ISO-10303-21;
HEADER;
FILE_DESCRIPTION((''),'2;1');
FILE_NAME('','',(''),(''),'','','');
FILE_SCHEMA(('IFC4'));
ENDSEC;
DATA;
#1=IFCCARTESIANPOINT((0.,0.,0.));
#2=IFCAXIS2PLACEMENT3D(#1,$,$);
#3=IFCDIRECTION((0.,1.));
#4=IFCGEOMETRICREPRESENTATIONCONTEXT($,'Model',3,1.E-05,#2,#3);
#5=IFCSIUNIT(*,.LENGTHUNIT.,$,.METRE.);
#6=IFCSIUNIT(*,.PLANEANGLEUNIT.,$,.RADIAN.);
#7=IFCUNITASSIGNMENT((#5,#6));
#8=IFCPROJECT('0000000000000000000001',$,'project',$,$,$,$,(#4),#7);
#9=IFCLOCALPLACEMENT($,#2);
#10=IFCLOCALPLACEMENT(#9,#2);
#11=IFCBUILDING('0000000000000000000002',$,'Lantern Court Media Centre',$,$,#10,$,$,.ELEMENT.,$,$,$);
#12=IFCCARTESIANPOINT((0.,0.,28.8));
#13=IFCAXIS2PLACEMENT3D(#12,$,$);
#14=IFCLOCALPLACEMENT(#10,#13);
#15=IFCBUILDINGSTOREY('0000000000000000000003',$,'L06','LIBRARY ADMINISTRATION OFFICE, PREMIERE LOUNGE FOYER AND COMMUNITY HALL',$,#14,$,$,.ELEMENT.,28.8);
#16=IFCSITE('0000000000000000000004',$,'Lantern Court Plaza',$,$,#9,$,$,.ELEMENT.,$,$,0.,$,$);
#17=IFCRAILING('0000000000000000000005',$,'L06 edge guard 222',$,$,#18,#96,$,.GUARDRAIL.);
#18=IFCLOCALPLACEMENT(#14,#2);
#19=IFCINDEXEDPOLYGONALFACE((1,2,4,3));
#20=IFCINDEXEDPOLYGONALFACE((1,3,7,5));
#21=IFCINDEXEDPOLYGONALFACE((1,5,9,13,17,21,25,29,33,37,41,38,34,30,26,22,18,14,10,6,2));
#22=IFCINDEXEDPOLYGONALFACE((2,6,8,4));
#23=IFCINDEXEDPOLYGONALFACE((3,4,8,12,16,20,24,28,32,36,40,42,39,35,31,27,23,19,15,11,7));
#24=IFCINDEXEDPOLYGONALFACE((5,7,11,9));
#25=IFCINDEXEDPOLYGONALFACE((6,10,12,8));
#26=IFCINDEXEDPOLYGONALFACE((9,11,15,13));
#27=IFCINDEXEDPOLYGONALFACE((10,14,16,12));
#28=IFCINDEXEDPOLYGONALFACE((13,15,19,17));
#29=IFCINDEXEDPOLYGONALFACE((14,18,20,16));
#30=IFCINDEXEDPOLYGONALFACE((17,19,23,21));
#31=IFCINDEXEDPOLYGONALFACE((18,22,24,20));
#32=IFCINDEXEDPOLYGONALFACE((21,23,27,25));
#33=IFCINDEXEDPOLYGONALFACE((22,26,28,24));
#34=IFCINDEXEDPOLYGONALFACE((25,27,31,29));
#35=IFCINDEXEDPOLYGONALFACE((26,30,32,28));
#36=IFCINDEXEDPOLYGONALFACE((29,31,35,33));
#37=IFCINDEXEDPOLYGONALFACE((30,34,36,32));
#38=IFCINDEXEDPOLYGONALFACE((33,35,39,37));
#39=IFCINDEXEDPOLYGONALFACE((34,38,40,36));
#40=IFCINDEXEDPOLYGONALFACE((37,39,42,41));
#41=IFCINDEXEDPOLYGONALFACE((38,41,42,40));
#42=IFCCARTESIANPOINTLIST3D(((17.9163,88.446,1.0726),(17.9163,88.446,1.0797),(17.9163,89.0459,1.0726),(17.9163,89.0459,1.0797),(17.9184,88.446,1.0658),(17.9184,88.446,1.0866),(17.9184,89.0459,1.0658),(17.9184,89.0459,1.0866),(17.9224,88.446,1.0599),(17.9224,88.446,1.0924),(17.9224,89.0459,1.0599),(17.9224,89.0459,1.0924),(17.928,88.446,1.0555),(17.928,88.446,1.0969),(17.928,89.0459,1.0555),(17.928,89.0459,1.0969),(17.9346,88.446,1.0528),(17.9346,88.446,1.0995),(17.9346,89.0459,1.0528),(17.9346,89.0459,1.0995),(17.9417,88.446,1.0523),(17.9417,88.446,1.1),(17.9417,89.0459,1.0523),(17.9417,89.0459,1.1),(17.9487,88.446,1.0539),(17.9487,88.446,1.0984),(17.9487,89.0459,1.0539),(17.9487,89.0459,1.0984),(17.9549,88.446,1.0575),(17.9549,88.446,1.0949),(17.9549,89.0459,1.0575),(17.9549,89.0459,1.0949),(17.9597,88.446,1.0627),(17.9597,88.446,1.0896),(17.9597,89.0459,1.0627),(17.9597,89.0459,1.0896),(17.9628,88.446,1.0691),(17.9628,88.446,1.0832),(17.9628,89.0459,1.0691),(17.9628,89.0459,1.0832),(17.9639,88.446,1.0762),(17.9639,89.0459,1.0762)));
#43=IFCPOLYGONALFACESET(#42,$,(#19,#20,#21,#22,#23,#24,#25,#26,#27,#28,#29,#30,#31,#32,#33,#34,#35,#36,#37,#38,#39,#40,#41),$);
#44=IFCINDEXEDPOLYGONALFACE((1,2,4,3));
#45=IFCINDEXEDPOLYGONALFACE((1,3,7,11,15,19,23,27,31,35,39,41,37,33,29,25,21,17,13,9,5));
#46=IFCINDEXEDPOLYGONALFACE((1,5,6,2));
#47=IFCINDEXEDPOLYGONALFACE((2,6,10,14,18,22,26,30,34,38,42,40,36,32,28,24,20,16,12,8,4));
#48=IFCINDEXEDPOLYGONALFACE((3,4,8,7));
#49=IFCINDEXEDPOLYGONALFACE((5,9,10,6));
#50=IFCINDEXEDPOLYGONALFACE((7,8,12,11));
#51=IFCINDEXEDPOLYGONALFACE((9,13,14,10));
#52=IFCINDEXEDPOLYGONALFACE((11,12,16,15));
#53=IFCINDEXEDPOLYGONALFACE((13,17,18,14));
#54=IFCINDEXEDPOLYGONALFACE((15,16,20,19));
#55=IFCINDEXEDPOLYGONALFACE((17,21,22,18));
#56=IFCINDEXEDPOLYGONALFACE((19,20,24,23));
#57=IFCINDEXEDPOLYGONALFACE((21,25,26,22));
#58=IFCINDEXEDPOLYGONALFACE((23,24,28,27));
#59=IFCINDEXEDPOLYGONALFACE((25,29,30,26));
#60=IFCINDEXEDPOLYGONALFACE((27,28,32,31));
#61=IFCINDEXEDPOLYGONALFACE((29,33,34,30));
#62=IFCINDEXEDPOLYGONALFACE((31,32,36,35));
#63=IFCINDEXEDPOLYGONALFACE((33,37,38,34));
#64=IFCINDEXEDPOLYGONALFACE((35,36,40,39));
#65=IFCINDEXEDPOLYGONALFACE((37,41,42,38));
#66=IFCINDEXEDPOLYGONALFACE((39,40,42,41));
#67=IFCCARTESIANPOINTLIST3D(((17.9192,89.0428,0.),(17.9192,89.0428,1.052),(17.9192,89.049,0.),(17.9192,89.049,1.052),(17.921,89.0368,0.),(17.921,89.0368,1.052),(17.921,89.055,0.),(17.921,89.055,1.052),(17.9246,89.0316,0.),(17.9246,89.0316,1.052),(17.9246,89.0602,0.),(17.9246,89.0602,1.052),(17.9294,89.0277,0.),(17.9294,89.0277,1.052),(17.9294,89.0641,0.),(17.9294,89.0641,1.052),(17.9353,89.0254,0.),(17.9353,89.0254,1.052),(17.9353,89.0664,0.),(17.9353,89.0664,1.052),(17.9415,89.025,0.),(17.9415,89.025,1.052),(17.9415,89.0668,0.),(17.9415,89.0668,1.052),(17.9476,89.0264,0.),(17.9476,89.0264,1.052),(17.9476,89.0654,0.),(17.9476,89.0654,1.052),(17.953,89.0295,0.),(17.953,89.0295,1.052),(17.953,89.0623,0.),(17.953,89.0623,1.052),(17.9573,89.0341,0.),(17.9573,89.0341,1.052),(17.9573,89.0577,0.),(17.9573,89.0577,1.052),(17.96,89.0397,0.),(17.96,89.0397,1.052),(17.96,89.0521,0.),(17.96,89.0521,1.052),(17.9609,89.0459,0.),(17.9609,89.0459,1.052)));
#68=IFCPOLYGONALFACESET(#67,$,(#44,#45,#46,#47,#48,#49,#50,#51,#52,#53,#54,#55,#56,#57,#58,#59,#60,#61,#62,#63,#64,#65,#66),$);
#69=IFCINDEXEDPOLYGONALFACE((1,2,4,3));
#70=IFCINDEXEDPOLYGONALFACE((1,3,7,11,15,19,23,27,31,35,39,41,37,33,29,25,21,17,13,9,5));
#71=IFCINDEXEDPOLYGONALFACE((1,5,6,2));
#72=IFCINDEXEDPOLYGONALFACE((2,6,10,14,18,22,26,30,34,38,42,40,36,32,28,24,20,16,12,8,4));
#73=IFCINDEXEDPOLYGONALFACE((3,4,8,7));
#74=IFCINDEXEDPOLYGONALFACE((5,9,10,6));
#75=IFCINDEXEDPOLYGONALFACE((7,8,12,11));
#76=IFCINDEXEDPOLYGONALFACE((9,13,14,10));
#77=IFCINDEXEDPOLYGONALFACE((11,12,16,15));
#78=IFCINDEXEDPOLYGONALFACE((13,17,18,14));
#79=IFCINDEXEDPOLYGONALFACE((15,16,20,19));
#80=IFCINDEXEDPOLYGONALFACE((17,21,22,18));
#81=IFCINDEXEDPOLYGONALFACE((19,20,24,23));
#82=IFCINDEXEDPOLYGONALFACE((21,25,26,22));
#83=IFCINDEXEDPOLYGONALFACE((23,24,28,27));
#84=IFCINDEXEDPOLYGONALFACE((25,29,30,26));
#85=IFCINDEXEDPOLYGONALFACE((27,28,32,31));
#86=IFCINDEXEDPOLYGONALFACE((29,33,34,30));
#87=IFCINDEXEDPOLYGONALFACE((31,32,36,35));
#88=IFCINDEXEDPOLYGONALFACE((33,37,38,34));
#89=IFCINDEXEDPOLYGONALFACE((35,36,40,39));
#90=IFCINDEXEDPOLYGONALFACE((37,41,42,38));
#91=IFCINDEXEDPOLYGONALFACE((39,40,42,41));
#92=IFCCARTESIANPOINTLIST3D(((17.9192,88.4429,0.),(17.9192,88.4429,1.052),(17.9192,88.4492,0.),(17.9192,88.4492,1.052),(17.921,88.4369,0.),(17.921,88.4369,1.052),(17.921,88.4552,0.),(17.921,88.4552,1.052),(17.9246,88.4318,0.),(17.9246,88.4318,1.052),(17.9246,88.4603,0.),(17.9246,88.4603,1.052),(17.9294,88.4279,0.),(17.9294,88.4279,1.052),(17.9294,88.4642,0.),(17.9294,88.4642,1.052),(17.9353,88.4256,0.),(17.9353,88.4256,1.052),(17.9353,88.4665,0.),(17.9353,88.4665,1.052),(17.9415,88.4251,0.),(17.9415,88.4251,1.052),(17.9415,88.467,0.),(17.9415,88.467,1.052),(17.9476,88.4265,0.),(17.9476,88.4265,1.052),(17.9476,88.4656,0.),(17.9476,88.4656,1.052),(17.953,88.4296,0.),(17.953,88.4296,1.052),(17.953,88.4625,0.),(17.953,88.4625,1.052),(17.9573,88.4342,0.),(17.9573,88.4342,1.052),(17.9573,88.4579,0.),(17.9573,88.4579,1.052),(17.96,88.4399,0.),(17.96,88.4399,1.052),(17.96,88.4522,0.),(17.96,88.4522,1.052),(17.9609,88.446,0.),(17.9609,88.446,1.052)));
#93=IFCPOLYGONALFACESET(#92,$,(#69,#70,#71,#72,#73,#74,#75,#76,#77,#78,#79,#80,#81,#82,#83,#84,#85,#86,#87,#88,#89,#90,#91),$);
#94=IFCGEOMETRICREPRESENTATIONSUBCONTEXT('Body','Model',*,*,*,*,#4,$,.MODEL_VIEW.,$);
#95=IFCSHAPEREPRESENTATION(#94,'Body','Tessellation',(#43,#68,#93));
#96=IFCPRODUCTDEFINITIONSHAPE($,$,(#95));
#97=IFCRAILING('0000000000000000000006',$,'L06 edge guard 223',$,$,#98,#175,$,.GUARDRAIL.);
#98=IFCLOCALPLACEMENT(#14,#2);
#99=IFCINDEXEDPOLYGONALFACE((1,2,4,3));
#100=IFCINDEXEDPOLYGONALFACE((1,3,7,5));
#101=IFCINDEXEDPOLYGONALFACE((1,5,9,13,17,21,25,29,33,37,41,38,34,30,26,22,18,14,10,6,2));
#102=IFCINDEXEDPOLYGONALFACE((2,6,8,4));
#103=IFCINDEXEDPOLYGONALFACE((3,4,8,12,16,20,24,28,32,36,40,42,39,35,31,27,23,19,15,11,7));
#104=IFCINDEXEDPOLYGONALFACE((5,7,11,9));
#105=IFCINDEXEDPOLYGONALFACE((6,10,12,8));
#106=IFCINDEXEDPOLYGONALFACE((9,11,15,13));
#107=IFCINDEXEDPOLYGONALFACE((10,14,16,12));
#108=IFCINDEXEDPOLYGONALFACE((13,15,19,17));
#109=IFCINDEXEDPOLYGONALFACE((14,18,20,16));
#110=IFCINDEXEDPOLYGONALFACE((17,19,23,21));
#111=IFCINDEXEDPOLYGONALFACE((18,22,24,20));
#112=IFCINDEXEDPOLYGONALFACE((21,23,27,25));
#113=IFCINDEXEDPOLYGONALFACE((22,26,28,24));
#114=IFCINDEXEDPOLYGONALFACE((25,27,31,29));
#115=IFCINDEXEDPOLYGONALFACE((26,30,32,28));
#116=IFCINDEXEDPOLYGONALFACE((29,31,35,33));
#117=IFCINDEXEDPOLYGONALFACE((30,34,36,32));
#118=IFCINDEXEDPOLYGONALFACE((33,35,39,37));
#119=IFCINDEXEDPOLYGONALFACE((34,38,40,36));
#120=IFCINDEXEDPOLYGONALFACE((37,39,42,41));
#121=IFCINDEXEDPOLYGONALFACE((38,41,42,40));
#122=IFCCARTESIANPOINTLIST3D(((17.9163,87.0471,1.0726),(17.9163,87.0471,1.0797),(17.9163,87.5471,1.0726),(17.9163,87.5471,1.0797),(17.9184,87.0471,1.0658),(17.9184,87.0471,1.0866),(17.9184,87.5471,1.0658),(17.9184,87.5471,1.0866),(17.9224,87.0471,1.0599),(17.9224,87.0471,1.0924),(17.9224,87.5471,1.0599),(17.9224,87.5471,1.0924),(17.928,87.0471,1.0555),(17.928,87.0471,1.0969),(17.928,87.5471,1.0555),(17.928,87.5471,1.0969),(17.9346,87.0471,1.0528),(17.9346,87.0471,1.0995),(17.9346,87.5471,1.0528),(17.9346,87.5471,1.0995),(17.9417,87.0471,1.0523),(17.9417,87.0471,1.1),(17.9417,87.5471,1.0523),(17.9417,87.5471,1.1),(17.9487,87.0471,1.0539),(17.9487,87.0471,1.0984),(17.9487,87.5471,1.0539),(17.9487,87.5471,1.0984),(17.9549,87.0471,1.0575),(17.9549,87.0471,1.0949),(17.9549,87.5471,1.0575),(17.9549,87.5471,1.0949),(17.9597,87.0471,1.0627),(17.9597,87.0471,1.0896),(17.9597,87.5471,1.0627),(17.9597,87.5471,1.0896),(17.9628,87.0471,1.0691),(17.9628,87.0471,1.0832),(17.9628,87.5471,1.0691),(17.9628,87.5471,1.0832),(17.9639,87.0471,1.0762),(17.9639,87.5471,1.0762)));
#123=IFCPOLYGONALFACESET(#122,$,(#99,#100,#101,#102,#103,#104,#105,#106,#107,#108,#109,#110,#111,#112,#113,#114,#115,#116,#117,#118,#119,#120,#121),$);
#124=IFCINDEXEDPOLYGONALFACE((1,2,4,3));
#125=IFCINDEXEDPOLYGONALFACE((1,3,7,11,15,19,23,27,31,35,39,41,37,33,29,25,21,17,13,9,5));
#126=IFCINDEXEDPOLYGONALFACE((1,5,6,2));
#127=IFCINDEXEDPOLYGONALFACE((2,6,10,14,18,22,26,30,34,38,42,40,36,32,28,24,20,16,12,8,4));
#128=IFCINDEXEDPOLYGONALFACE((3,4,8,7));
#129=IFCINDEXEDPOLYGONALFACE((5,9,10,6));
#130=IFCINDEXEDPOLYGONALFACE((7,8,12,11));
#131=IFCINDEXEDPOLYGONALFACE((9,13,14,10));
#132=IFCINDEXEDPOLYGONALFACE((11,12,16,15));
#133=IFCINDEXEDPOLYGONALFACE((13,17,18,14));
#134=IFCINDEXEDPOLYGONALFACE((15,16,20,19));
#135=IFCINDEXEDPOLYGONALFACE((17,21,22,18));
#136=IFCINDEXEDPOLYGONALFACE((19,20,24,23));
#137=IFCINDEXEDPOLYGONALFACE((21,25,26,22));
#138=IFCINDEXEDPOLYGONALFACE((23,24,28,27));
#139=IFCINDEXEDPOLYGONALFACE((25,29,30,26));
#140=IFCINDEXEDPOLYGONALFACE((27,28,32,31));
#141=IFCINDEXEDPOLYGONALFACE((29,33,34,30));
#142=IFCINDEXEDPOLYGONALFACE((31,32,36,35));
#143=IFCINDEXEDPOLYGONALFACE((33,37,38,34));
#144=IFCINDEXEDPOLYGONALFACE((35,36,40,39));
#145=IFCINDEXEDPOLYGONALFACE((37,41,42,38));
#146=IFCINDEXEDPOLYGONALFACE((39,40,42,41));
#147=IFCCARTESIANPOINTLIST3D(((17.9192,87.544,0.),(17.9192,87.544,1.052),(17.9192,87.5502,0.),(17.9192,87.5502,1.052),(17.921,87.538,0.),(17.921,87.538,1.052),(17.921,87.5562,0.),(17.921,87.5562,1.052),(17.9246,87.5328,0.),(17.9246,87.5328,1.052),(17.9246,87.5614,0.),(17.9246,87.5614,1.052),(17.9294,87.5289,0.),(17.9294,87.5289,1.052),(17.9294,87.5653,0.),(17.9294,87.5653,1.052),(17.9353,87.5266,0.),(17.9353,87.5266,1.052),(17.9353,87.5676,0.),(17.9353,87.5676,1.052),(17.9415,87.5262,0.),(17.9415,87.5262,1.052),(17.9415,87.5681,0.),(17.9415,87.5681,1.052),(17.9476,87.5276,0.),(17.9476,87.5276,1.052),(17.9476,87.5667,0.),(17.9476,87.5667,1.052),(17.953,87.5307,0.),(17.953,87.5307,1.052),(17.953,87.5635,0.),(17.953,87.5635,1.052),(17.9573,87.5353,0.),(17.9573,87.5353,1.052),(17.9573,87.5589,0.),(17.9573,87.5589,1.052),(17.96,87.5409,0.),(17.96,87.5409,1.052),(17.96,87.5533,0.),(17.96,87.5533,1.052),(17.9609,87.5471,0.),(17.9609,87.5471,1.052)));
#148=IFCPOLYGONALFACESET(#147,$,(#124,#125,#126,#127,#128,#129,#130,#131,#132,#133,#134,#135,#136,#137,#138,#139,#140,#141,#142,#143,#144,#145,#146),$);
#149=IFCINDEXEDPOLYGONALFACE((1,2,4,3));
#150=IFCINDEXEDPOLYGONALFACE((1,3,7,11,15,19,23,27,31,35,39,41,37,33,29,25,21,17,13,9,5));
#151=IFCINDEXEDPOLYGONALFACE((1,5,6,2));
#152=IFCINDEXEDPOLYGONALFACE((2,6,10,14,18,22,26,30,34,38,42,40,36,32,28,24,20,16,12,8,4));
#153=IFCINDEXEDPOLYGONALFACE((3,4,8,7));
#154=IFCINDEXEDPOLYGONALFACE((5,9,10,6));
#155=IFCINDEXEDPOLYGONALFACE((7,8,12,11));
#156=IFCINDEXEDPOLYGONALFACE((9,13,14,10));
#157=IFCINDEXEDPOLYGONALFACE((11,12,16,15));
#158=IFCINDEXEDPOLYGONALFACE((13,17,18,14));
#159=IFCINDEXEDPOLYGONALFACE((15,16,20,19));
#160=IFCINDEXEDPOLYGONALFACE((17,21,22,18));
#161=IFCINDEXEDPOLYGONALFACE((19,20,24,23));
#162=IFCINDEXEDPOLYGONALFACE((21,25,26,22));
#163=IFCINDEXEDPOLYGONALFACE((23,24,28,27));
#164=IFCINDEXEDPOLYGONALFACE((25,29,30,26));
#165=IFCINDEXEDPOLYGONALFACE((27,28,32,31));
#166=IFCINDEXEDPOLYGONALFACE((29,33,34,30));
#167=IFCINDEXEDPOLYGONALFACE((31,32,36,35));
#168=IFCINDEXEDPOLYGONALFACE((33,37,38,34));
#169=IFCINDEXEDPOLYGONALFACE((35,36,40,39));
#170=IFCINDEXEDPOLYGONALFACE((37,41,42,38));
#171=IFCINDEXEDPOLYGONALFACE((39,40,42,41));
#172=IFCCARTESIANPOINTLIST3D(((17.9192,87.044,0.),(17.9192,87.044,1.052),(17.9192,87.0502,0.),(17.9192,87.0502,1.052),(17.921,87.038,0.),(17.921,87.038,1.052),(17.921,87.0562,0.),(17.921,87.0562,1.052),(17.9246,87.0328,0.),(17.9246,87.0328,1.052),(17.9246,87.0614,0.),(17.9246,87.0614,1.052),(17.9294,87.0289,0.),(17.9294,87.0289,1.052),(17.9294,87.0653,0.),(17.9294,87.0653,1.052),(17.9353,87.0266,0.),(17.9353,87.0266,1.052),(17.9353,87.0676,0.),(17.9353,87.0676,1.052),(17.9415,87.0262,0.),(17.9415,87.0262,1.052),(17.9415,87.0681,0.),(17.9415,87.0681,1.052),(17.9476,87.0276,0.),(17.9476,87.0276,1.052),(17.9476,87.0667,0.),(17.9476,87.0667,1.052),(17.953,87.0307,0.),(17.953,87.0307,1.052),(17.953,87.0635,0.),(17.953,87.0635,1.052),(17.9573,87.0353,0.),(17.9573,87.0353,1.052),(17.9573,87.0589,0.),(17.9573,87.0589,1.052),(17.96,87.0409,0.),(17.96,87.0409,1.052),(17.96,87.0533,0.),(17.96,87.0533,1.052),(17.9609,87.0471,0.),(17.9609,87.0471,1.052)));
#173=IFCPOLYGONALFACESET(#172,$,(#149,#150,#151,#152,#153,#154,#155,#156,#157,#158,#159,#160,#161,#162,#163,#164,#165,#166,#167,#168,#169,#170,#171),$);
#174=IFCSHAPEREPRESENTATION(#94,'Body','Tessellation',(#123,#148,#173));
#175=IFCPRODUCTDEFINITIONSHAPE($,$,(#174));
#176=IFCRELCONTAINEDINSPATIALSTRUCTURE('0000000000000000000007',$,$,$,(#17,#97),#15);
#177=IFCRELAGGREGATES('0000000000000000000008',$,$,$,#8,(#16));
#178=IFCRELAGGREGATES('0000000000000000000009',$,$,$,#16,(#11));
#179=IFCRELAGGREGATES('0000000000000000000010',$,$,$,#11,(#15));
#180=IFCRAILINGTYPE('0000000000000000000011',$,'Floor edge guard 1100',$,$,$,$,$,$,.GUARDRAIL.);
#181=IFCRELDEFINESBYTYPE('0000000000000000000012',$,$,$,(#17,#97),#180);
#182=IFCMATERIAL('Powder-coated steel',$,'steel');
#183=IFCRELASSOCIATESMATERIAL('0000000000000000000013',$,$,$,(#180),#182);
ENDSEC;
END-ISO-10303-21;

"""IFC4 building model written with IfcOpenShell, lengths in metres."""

from ifc_helpers import new_model, si_unit, direction, frame, origin, origin_2d, place, context, subcontext, project, spatial, circle, extrude, material, type_object, element, save


model = new_model("IFC4")

# Units and contexts
model_context = context("Model", 3, precision=1e-05, world=origin(), true_north=direction((0.0, 1.0)))
body_context = subcontext(model_context, "Body", "Model", "MODEL_VIEW")
ifc_project = project(units=[si_unit("LENGTHUNIT", "METRE"), si_unit("PLANEANGLEUNIT", "RADIAN")], contexts=[model_context])

# Site, building, storey
site_placement = place(None, origin())
site = spatial("IfcSite", under=ifc_project, at=site_placement, Name="Lantern Court Plaza", CompositionType="ELEMENT", RefElevation=0.0)
building_placement = place(site_placement, origin())
building = spatial("IfcBuilding", under=site, at=building_placement, Name="Lantern Court Media Centre", CompositionType="ELEMENT")
storey_placement = place(building_placement, frame((0.0, 0.0, 28.8)))
storey = spatial("IfcBuildingStorey", under=building, at=storey_placement, Name="L06", Description="LIBRARY ADMINISTRATION OFFICE, PREMIERE LOUNGE FOYER AND COMMUNITY HALL", CompositionType="ELEMENT", Elevation=28.8)

# Railings
ifc_material_1 = material(Name="Powder-coated steel", Category="steel")
railing_type = type_object("IfcRailingType", Name="Floor edge guard 1100", PredefinedType="GUARDRAIL", material=ifc_material_1)
railing_1_placement = place(storey_placement, frame((17.9399, 89.0459, 0.0)))
element("IfcRailing", 1, at=railing_1_placement, inside=storey, type_object=railing_type, Name="L06 edge guard 222", PredefinedType="GUARDRAIL", context=body_context, shape_type="SweptSolid", body=[
    extrude(circle(Radius=0.0239, at=origin_2d()), frame((0.0, 0.0, 1.0762), z_axis=(0.0, -1.0, 0.0), x_axis=(1.0, 0.0, 0.0)), (0.0, 0.0, 1.0), 0.5999),
    extrude(circle(Radius=0.021, at=origin_2d()), origin(), (0.0, 0.0, 1.0), 1.052),
    extrude(circle(Radius=0.021, at=origin_2d()), frame((0.0, -0.5999, 0.0)), (0.0, 0.0, 1.0), 1.052),
])
railing_2_placement = place(storey_placement, frame((17.9399, 87.5471, 0.0)))
element("IfcRailing", 2, at=railing_2_placement, inside=storey, type_object=railing_type, Name="L06 edge guard 223", PredefinedType="GUARDRAIL", context=body_context, shape_type="SweptSolid", body=[
    extrude(circle(Radius=0.0239, at=origin_2d()), frame((0.0, 0.0, 1.0762), z_axis=(0.0, -1.0, 0.0), x_axis=(1.0, 0.0, 0.0)), (0.0, 0.0, 1.0), 0.5),
    extrude(circle(Radius=0.021, at=origin_2d()), origin(), (0.0, 0.0, 1.0), 1.052),
    extrude(circle(Radius=0.021, at=origin_2d()), frame((0.0, -0.5, 0.0)), (0.0, 0.0, 1.0), 1.052),
])

save(model, "model.ifc")
